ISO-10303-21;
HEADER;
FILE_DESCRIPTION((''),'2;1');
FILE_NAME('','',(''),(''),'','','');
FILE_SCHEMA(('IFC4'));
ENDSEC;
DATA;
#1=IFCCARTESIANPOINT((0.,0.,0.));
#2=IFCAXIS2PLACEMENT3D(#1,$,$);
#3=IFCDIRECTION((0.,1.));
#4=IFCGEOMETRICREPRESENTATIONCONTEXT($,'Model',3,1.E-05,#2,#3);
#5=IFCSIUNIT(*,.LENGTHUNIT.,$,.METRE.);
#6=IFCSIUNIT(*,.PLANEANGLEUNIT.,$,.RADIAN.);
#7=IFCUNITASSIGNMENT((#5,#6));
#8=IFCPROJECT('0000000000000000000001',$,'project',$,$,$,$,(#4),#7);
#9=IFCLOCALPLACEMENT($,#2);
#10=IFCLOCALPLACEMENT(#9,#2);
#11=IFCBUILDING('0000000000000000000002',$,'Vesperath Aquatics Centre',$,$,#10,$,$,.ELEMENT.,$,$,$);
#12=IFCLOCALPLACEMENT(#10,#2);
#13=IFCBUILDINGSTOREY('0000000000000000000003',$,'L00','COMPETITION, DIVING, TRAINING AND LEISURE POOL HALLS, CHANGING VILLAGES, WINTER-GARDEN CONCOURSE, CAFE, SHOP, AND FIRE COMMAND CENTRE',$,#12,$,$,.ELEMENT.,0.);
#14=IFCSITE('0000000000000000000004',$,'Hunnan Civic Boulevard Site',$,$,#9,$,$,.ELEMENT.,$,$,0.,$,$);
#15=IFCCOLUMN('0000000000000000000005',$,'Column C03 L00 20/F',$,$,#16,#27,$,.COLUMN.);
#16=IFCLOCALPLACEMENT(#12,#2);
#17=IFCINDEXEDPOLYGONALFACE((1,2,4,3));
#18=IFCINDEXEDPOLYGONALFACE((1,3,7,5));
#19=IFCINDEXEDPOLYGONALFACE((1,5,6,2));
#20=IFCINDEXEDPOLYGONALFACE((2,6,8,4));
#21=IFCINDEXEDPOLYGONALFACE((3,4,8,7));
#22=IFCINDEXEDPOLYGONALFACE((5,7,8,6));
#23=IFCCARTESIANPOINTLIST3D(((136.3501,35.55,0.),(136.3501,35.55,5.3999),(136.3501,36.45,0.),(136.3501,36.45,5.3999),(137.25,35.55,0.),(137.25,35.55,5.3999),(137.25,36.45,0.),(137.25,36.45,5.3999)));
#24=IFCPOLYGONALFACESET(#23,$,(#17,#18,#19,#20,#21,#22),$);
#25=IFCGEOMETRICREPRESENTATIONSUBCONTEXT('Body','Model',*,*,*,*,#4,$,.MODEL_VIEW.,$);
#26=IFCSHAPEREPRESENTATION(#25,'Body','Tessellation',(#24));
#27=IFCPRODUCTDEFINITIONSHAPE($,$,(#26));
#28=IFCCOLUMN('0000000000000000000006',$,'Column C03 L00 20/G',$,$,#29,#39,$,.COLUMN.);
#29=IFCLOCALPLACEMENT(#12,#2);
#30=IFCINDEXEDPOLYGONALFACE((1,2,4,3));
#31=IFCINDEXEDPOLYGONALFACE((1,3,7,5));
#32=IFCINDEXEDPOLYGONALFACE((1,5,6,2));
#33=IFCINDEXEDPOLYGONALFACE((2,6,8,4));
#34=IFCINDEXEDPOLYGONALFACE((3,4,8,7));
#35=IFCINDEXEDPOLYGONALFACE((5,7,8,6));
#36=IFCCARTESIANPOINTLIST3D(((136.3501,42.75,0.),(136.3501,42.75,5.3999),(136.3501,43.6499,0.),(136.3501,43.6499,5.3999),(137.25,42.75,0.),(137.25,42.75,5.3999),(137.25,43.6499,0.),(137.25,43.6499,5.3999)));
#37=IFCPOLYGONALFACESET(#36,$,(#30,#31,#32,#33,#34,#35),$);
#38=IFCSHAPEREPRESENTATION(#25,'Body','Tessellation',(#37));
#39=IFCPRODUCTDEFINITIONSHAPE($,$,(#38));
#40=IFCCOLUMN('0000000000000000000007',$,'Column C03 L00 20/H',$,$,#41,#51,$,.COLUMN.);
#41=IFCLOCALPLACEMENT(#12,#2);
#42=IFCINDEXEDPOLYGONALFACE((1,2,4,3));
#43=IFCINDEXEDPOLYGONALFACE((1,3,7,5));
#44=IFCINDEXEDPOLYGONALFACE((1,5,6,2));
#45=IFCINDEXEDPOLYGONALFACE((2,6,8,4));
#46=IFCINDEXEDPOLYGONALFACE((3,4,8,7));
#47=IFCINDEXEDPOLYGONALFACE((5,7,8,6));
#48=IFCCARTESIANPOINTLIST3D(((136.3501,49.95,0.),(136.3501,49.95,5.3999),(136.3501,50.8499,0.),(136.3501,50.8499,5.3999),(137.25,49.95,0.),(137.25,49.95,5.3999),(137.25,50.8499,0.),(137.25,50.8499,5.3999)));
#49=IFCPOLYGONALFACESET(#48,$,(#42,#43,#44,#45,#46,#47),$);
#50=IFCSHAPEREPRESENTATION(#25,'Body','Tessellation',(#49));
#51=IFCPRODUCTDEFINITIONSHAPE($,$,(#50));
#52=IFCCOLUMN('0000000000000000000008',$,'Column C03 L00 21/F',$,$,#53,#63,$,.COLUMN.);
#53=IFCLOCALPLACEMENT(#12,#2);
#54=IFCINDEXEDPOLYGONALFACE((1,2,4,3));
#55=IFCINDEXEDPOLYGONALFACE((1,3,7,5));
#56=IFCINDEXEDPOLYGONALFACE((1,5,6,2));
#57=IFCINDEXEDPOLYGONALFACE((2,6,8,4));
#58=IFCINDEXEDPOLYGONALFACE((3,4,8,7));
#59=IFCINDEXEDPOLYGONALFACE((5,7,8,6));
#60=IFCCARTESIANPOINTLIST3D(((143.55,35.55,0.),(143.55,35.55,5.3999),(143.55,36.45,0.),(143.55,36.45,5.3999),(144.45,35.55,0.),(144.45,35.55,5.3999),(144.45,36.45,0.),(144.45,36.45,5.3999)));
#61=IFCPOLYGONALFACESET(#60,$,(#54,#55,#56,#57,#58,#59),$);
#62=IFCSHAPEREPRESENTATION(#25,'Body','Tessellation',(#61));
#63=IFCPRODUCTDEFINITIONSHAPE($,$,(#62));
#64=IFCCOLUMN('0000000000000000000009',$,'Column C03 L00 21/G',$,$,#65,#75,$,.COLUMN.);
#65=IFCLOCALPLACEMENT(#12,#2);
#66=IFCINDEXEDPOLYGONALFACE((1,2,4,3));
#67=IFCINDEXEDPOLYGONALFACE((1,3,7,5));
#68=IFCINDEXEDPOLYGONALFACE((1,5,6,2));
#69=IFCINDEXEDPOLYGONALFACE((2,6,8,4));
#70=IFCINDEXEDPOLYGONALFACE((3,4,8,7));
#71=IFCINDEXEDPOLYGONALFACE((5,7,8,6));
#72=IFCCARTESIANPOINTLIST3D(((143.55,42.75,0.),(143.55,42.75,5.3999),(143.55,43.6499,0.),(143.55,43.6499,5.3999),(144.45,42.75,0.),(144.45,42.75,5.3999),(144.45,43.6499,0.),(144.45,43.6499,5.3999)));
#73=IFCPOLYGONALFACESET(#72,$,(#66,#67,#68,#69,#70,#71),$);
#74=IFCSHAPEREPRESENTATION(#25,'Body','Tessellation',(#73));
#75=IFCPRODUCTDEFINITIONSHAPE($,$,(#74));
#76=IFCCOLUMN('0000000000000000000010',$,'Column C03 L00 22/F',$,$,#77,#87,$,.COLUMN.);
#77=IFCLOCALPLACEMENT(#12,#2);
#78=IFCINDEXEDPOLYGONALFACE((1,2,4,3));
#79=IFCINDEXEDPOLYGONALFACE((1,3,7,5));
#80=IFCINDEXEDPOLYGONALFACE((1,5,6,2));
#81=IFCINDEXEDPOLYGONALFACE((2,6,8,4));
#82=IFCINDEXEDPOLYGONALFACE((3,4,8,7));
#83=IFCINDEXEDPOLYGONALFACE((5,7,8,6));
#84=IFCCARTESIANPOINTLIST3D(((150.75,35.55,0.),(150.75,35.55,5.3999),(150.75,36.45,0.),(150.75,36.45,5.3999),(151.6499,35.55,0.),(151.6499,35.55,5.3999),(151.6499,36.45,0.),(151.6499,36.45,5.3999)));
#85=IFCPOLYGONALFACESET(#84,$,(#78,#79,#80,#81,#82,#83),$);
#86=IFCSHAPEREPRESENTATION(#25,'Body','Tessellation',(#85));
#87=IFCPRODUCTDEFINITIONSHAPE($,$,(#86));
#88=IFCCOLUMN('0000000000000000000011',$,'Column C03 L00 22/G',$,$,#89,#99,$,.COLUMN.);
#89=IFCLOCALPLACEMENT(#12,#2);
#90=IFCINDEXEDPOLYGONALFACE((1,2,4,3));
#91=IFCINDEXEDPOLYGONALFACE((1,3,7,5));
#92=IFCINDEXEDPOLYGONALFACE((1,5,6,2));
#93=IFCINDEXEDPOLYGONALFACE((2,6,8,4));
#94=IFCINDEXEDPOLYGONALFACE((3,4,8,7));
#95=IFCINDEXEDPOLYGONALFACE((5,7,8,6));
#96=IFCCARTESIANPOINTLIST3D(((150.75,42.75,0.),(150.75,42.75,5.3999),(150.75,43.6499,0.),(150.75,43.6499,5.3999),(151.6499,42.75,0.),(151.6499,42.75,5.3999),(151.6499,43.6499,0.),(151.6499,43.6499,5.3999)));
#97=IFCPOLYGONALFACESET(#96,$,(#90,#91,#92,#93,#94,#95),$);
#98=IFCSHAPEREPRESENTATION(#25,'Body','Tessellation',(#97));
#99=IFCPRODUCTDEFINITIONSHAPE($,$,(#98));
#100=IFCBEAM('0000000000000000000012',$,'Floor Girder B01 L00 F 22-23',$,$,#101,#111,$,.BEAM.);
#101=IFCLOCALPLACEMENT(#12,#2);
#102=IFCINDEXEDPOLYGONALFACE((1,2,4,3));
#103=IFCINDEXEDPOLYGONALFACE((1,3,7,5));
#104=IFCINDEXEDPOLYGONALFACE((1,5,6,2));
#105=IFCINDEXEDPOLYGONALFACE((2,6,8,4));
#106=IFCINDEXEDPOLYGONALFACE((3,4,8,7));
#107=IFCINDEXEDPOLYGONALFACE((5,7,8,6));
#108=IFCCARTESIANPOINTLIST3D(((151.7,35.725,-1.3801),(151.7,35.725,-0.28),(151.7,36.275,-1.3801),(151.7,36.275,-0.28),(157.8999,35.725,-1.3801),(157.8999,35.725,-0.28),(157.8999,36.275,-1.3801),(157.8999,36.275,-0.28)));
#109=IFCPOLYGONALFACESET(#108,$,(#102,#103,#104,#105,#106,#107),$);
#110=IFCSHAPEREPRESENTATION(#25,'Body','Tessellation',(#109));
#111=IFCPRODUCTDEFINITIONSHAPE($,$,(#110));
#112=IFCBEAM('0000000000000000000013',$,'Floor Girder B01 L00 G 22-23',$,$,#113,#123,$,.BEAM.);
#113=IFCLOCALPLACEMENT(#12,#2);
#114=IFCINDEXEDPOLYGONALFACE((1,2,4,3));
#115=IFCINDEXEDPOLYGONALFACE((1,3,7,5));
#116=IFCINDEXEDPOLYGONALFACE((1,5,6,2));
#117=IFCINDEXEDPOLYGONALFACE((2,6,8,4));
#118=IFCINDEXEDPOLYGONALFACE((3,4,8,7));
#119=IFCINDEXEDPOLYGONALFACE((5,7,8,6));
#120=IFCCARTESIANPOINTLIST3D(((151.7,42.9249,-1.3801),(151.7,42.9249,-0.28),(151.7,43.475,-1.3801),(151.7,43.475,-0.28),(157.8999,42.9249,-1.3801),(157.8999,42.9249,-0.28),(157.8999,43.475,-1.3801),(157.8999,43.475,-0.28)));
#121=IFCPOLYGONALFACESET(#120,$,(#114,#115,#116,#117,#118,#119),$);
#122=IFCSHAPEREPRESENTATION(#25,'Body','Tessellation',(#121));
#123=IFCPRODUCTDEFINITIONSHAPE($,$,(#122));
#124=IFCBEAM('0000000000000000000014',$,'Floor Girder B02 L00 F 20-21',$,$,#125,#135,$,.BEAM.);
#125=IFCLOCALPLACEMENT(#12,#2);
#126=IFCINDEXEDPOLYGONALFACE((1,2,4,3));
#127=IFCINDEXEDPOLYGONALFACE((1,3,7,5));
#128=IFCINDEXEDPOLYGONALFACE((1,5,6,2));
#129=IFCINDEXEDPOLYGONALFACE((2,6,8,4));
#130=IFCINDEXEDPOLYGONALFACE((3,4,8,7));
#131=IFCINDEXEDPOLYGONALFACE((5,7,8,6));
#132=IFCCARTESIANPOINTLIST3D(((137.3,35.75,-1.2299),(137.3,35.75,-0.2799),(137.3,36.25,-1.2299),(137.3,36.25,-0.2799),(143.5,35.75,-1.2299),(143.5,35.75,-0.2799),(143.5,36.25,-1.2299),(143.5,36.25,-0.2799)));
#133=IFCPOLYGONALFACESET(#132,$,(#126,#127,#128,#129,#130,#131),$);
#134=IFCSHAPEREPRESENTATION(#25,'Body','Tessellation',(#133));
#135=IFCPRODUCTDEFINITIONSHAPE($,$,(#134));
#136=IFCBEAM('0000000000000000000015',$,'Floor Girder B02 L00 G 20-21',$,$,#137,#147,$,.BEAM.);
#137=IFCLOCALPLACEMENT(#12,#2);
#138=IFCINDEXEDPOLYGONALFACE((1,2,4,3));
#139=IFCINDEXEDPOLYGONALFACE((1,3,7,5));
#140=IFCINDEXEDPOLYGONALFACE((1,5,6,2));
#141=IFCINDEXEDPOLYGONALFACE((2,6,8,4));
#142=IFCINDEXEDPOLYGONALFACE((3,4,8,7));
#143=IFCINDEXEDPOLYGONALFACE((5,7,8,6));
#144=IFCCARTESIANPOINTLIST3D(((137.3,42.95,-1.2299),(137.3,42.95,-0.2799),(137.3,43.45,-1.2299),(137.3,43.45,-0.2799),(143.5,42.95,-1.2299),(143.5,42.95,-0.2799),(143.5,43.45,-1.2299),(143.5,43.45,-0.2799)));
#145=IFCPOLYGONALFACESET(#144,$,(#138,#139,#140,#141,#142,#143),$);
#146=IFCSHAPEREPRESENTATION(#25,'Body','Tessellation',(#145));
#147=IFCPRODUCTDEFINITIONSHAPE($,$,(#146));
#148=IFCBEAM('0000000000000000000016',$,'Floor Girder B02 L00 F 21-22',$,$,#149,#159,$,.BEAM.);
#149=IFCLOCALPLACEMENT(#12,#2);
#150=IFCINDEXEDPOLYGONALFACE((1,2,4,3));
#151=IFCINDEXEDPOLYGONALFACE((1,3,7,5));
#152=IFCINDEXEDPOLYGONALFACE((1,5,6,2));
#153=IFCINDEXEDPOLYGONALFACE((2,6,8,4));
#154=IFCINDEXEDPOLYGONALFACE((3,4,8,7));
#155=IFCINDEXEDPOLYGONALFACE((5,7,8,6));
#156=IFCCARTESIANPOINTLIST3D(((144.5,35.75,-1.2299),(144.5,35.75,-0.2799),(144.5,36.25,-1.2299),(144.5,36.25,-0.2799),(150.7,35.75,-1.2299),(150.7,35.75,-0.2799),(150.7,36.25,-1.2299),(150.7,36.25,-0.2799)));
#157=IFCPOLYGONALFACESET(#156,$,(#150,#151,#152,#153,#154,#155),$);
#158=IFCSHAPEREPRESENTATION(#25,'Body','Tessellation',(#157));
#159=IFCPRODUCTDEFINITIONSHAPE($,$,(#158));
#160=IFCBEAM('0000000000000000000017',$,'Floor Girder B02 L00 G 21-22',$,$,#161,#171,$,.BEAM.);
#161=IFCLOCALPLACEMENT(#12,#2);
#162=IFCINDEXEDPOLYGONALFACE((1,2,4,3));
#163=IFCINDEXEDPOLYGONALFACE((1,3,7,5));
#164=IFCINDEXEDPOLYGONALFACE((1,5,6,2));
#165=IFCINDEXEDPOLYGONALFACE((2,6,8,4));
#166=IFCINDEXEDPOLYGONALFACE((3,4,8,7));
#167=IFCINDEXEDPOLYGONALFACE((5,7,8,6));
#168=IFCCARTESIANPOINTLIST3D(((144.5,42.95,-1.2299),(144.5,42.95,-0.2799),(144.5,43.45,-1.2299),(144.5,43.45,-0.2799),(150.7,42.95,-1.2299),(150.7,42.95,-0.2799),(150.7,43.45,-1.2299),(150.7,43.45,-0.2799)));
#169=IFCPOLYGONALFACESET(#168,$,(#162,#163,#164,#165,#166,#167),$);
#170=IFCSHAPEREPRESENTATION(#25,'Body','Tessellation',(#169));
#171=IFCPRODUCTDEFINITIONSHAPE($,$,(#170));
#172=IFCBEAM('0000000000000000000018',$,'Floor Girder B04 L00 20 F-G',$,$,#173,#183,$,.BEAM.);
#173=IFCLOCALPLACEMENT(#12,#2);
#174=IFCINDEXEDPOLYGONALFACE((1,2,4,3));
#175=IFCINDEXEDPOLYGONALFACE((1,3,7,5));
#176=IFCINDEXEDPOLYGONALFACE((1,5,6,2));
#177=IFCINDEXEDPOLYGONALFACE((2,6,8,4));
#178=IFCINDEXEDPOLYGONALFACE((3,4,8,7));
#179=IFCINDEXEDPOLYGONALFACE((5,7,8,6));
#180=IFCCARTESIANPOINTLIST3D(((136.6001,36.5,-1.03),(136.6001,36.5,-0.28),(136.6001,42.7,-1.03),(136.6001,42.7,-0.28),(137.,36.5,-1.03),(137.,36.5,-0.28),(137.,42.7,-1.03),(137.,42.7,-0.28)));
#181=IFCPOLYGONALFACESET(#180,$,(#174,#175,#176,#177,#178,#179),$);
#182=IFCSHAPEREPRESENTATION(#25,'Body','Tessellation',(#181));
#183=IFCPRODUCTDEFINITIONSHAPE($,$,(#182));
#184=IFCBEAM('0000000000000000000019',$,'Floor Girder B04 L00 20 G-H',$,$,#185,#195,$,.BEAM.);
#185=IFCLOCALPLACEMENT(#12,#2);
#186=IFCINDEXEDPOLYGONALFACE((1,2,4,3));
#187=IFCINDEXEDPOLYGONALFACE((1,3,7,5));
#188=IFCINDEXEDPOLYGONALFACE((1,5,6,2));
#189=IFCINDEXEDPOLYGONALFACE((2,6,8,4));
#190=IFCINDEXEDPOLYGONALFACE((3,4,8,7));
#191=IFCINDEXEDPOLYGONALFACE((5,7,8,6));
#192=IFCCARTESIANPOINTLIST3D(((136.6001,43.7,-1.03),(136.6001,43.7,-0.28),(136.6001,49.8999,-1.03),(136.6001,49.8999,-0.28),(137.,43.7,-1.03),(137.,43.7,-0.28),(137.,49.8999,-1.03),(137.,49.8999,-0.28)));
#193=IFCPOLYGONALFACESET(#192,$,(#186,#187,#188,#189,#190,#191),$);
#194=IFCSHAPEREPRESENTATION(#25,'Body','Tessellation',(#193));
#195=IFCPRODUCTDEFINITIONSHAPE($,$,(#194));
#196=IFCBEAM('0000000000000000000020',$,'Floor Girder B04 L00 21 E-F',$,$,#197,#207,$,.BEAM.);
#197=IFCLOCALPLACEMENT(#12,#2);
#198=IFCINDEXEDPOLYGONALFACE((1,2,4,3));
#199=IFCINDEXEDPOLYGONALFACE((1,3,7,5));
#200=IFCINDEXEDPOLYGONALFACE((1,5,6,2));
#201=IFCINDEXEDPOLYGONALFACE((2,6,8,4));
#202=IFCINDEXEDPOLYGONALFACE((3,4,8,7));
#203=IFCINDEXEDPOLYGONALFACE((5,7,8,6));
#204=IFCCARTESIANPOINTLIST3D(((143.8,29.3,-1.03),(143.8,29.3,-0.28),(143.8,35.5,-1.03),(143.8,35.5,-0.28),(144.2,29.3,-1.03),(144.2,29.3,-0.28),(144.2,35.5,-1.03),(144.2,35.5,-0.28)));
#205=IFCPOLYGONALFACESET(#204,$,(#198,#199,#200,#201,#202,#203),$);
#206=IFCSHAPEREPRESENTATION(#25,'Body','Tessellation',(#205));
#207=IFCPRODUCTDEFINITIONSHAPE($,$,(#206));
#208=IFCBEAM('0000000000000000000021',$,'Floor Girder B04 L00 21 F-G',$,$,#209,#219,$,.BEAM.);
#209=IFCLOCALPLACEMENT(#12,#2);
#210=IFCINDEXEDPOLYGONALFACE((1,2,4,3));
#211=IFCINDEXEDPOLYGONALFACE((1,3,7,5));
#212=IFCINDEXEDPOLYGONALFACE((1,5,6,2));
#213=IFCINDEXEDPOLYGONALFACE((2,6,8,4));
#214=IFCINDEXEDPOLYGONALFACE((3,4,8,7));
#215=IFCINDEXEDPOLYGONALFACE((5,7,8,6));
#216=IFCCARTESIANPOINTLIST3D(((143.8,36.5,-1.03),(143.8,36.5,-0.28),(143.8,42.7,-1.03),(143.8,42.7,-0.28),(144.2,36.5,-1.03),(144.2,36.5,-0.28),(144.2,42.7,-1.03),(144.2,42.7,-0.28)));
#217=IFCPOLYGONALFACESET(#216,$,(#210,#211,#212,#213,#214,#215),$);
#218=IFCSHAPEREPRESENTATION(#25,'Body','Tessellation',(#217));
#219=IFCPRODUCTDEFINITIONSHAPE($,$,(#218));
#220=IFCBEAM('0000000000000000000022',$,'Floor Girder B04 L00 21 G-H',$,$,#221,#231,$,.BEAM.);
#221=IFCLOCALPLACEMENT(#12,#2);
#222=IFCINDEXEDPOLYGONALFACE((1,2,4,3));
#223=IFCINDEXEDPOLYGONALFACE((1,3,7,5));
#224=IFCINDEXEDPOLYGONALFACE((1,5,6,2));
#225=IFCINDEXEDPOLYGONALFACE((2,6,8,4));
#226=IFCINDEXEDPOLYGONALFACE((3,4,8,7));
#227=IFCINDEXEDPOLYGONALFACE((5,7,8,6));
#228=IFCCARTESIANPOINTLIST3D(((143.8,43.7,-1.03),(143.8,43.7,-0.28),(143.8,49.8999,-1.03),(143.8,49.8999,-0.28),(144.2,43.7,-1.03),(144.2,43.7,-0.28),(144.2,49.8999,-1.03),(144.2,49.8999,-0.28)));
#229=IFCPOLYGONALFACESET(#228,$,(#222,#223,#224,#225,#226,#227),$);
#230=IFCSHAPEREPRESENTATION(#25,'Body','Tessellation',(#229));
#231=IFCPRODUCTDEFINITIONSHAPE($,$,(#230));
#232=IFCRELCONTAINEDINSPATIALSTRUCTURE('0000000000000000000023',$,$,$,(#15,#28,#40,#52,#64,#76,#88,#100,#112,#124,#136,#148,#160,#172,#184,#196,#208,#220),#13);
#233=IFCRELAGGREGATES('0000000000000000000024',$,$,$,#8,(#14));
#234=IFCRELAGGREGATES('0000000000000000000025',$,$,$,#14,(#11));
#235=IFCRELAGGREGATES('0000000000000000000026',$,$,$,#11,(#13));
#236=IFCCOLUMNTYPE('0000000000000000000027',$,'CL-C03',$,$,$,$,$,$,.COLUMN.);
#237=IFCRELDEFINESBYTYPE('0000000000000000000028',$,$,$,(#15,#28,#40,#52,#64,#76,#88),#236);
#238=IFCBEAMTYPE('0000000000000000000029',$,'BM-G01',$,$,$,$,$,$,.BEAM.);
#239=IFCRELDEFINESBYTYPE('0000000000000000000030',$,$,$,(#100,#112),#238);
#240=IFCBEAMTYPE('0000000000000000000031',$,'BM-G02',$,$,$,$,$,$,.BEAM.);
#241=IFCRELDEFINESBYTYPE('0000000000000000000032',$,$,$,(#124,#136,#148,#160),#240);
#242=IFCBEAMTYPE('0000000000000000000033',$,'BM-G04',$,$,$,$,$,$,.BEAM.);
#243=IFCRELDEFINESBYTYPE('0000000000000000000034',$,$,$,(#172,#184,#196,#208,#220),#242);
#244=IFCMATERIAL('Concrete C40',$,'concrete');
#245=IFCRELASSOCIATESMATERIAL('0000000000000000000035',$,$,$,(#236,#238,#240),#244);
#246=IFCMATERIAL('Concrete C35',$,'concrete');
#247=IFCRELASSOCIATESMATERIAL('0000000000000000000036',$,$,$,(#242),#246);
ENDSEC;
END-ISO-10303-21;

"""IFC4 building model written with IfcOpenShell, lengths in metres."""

from ifc_helpers import new_model, si_unit, direction, frame, origin, origin_2d, place, context, subcontext, project, spatial, rectangle, extrude, material, material_profile, profile_set, type_object, element, save


model = new_model("IFC4")

# Units and contexts
model_context = context("Model", 3, precision=1e-05, world=origin(), true_north=direction((0.0, 1.0)))
body_context = subcontext(model_context, "Body", "Model", "MODEL_VIEW")
ifc_project = project(units=[si_unit("LENGTHUNIT", "METRE"), si_unit("PLANEANGLEUNIT", "RADIAN")], contexts=[model_context])

# Site, building, storey
site_placement = place(None, origin())
site = spatial("IfcSite", under=ifc_project, at=site_placement, Name="Hunnan Civic Boulevard Site", CompositionType="ELEMENT", RefElevation=0.0)
building_placement = place(site_placement, origin())
building = spatial("IfcBuilding", under=site, at=building_placement, Name="Vesperath Aquatics Centre", CompositionType="ELEMENT")
storey_placement = place(building_placement, origin())
storey = spatial("IfcBuildingStorey", under=building, at=storey_placement, Name="L00", Description="COMPETITION, DIVING, TRAINING AND LEISURE POOL HALLS, CHANGING VILLAGES, WINTER-GARDEN CONCOURSE, CAFE, SHOP, AND FIRE COMMAND CENTRE", CompositionType="ELEMENT", Elevation=0.0)

# Columns
ifc_material_1 = material(Name="Concrete C40", Category="concrete")
ifc_material_profile_1 = material_profile(ifc_material_1, rectangle(XDim=0.8999, YDim=0.8999, at=origin_2d()), Name="RC 900x900")
ifc_profile_set_1 = profile_set([ifc_material_profile_1], Name="Concrete C40")
column_type = type_object("IfcColumnType", Name="CL-C03", PredefinedType="COLUMN", material=ifc_profile_set_1)
for number, where, z_axis, x_axis, name in (
    (1, (136.8, 36.0, 0.0), (0.0, 0.0, 1.0), (1.0, 0.0, 0.0), "Column C03 L00 20/F"),
    (2, (136.8, 43.2, 0.0), (0.0, 0.0, 1.0), (1.0, 0.0, 0.0), "Column C03 L00 20/G"),
    (3, (136.8, 50.3999, 0.0), (0.0, 0.0, 1.0), (1.0, 0.0, 0.0), "Column C03 L00 20/H"),
    (4, (144.0, 36.0, 0.0), (0.0, 0.0, 1.0), (1.0, 0.0, 0.0), "Column C03 L00 21/F"),
    (5, (144.0, 43.2, 0.0), (0.0, 0.0, 1.0), (1.0, 0.0, 0.0), "Column C03 L00 21/G"),
    (6, (151.2, 36.0, 0.0), (0.0, 0.0, 1.0), (1.0, 0.0, 0.0), "Column C03 L00 22/F"),
    (7, (151.2, 43.2, 0.0), (0.0, 0.0, 1.0), (1.0, 0.0, 0.0), "Column C03 L00 22/G"),
):
    element("IfcColumn", number, at=place(storey_placement, frame(where, z_axis=z_axis, x_axis=x_axis)), inside=storey, type_object=column_type, Name=name, PredefinedType="COLUMN", context=body_context, shape_type="SweptSolid", body=[
        extrude(rectangle(XDim=0.8999, YDim=0.8999, at=origin_2d()), origin(), (0.0, 0.0, 1.0), 5.3999),
    ])

# Beams
ifc_material_profile_2 = material_profile(ifc_material_1, rectangle(XDim=0.55, YDim=1.1001, at=origin_2d()), Name="RC 550x1100")
ifc_profile_set_2 = profile_set([ifc_material_profile_2], Name="Concrete C40")
beam_type_1 = type_object("IfcBeamType", Name="BM-G01", PredefinedType="BEAM", material=ifc_profile_set_2)
for number, where, z_axis, x_axis, name in (
    (8, (151.7, 36.0, -0.8301), (1.0, 0.0, 0.0), (0.0, 1.0, 0.0), "Floor Girder B01 L00 F 22-23"),
    (9, (151.7, 43.2, -0.8301), (1.0, 0.0, 0.0), (0.0, 1.0, 0.0), "Floor Girder B01 L00 G 22-23"),
):
    element("IfcBeam", number, at=place(storey_placement, frame(where, z_axis=z_axis, x_axis=x_axis)), inside=storey, type_object=beam_type_1, Name=name, PredefinedType="BEAM", context=body_context, shape_type="SweptSolid", body=[
        extrude(rectangle(XDim=0.55, YDim=1.1001, at=origin_2d()), origin(), (0.0, 0.0, 1.0), 6.2),
    ])
ifc_material_profile_3 = material_profile(ifc_material_1, rectangle(XDim=0.5, YDim=0.95, at=origin_2d()), Name="RC 500x950")
ifc_profile_set_3 = profile_set([ifc_material_profile_3], Name="Concrete C40")
beam_type_2 = type_object("IfcBeamType", Name="BM-G02", PredefinedType="BEAM", material=ifc_profile_set_3)
for number, where, z_axis, x_axis, name in (
    (10, (137.3, 36.0, -0.7549), (1.0, 0.0, 0.0), (0.0, 1.0, 0.0), "Floor Girder B02 L00 F 20-21"),
    (11, (137.3, 43.2, -0.7549), (1.0, 0.0, 0.0), (0.0, 1.0, 0.0), "Floor Girder B02 L00 G 20-21"),
    (12, (144.5, 36.0, -0.7549), (1.0, 0.0, 0.0), (0.0, 1.0, 0.0), "Floor Girder B02 L00 F 21-22"),
    (13, (144.5, 43.2, -0.7549), (1.0, 0.0, 0.0), (0.0, 1.0, 0.0), "Floor Girder B02 L00 G 21-22"),
):
    element("IfcBeam", number, at=place(storey_placement, frame(where, z_axis=z_axis, x_axis=x_axis)), inside=storey, type_object=beam_type_2, Name=name, PredefinedType="BEAM", context=body_context, shape_type="SweptSolid", body=[
        extrude(rectangle(XDim=0.5, YDim=0.95, at=origin_2d()), origin(), (0.0, 0.0, 1.0), 6.2),
    ])
ifc_material_2 = material(Name="Concrete C35", Category="concrete")
ifc_material_profile_4 = material_profile(ifc_material_2, rectangle(XDim=0.3999, YDim=0.75, at=origin_2d()), Name="RC 400x750")
ifc_profile_set_4 = profile_set([ifc_material_profile_4], Name="Concrete C35")
beam_type_3 = type_object("IfcBeamType", Name="BM-G04", PredefinedType="BEAM", material=ifc_profile_set_4)
for number, where, z_axis, x_axis, name in (
    (14, (136.8, 36.5, -0.655), (0.0, 1.0, 0.0), (-1.0, 0.0, 0.0), "Floor Girder B04 L00 20 F-G"),
    (15, (136.8, 43.7, -0.655), (0.0, 1.0, 0.0), (-1.0, 0.0, 0.0), "Floor Girder B04 L00 20 G-H"),
    (16, (144.0, 29.3, -0.655), (0.0, 1.0, 0.0), (-1.0, 0.0, 0.0), "Floor Girder B04 L00 21 E-F"),
    (17, (144.0, 36.5, -0.655), (0.0, 1.0, 0.0), (-1.0, 0.0, 0.0), "Floor Girder B04 L00 21 F-G"),
    (18, (144.0, 43.7, -0.655), (0.0, 1.0, 0.0), (-1.0, 0.0, 0.0), "Floor Girder B04 L00 21 G-H"),
):
    element("IfcBeam", number, at=place(storey_placement, frame(where, z_axis=z_axis, x_axis=x_axis)), inside=storey, type_object=beam_type_3, Name=name, PredefinedType="BEAM", context=body_context, shape_type="SweptSolid", body=[
        extrude(rectangle(XDim=0.3999, YDim=0.75, at=origin_2d()), origin(), (0.0, 0.0, 1.0), 6.2),
    ])

save(model, "model.ifc")
